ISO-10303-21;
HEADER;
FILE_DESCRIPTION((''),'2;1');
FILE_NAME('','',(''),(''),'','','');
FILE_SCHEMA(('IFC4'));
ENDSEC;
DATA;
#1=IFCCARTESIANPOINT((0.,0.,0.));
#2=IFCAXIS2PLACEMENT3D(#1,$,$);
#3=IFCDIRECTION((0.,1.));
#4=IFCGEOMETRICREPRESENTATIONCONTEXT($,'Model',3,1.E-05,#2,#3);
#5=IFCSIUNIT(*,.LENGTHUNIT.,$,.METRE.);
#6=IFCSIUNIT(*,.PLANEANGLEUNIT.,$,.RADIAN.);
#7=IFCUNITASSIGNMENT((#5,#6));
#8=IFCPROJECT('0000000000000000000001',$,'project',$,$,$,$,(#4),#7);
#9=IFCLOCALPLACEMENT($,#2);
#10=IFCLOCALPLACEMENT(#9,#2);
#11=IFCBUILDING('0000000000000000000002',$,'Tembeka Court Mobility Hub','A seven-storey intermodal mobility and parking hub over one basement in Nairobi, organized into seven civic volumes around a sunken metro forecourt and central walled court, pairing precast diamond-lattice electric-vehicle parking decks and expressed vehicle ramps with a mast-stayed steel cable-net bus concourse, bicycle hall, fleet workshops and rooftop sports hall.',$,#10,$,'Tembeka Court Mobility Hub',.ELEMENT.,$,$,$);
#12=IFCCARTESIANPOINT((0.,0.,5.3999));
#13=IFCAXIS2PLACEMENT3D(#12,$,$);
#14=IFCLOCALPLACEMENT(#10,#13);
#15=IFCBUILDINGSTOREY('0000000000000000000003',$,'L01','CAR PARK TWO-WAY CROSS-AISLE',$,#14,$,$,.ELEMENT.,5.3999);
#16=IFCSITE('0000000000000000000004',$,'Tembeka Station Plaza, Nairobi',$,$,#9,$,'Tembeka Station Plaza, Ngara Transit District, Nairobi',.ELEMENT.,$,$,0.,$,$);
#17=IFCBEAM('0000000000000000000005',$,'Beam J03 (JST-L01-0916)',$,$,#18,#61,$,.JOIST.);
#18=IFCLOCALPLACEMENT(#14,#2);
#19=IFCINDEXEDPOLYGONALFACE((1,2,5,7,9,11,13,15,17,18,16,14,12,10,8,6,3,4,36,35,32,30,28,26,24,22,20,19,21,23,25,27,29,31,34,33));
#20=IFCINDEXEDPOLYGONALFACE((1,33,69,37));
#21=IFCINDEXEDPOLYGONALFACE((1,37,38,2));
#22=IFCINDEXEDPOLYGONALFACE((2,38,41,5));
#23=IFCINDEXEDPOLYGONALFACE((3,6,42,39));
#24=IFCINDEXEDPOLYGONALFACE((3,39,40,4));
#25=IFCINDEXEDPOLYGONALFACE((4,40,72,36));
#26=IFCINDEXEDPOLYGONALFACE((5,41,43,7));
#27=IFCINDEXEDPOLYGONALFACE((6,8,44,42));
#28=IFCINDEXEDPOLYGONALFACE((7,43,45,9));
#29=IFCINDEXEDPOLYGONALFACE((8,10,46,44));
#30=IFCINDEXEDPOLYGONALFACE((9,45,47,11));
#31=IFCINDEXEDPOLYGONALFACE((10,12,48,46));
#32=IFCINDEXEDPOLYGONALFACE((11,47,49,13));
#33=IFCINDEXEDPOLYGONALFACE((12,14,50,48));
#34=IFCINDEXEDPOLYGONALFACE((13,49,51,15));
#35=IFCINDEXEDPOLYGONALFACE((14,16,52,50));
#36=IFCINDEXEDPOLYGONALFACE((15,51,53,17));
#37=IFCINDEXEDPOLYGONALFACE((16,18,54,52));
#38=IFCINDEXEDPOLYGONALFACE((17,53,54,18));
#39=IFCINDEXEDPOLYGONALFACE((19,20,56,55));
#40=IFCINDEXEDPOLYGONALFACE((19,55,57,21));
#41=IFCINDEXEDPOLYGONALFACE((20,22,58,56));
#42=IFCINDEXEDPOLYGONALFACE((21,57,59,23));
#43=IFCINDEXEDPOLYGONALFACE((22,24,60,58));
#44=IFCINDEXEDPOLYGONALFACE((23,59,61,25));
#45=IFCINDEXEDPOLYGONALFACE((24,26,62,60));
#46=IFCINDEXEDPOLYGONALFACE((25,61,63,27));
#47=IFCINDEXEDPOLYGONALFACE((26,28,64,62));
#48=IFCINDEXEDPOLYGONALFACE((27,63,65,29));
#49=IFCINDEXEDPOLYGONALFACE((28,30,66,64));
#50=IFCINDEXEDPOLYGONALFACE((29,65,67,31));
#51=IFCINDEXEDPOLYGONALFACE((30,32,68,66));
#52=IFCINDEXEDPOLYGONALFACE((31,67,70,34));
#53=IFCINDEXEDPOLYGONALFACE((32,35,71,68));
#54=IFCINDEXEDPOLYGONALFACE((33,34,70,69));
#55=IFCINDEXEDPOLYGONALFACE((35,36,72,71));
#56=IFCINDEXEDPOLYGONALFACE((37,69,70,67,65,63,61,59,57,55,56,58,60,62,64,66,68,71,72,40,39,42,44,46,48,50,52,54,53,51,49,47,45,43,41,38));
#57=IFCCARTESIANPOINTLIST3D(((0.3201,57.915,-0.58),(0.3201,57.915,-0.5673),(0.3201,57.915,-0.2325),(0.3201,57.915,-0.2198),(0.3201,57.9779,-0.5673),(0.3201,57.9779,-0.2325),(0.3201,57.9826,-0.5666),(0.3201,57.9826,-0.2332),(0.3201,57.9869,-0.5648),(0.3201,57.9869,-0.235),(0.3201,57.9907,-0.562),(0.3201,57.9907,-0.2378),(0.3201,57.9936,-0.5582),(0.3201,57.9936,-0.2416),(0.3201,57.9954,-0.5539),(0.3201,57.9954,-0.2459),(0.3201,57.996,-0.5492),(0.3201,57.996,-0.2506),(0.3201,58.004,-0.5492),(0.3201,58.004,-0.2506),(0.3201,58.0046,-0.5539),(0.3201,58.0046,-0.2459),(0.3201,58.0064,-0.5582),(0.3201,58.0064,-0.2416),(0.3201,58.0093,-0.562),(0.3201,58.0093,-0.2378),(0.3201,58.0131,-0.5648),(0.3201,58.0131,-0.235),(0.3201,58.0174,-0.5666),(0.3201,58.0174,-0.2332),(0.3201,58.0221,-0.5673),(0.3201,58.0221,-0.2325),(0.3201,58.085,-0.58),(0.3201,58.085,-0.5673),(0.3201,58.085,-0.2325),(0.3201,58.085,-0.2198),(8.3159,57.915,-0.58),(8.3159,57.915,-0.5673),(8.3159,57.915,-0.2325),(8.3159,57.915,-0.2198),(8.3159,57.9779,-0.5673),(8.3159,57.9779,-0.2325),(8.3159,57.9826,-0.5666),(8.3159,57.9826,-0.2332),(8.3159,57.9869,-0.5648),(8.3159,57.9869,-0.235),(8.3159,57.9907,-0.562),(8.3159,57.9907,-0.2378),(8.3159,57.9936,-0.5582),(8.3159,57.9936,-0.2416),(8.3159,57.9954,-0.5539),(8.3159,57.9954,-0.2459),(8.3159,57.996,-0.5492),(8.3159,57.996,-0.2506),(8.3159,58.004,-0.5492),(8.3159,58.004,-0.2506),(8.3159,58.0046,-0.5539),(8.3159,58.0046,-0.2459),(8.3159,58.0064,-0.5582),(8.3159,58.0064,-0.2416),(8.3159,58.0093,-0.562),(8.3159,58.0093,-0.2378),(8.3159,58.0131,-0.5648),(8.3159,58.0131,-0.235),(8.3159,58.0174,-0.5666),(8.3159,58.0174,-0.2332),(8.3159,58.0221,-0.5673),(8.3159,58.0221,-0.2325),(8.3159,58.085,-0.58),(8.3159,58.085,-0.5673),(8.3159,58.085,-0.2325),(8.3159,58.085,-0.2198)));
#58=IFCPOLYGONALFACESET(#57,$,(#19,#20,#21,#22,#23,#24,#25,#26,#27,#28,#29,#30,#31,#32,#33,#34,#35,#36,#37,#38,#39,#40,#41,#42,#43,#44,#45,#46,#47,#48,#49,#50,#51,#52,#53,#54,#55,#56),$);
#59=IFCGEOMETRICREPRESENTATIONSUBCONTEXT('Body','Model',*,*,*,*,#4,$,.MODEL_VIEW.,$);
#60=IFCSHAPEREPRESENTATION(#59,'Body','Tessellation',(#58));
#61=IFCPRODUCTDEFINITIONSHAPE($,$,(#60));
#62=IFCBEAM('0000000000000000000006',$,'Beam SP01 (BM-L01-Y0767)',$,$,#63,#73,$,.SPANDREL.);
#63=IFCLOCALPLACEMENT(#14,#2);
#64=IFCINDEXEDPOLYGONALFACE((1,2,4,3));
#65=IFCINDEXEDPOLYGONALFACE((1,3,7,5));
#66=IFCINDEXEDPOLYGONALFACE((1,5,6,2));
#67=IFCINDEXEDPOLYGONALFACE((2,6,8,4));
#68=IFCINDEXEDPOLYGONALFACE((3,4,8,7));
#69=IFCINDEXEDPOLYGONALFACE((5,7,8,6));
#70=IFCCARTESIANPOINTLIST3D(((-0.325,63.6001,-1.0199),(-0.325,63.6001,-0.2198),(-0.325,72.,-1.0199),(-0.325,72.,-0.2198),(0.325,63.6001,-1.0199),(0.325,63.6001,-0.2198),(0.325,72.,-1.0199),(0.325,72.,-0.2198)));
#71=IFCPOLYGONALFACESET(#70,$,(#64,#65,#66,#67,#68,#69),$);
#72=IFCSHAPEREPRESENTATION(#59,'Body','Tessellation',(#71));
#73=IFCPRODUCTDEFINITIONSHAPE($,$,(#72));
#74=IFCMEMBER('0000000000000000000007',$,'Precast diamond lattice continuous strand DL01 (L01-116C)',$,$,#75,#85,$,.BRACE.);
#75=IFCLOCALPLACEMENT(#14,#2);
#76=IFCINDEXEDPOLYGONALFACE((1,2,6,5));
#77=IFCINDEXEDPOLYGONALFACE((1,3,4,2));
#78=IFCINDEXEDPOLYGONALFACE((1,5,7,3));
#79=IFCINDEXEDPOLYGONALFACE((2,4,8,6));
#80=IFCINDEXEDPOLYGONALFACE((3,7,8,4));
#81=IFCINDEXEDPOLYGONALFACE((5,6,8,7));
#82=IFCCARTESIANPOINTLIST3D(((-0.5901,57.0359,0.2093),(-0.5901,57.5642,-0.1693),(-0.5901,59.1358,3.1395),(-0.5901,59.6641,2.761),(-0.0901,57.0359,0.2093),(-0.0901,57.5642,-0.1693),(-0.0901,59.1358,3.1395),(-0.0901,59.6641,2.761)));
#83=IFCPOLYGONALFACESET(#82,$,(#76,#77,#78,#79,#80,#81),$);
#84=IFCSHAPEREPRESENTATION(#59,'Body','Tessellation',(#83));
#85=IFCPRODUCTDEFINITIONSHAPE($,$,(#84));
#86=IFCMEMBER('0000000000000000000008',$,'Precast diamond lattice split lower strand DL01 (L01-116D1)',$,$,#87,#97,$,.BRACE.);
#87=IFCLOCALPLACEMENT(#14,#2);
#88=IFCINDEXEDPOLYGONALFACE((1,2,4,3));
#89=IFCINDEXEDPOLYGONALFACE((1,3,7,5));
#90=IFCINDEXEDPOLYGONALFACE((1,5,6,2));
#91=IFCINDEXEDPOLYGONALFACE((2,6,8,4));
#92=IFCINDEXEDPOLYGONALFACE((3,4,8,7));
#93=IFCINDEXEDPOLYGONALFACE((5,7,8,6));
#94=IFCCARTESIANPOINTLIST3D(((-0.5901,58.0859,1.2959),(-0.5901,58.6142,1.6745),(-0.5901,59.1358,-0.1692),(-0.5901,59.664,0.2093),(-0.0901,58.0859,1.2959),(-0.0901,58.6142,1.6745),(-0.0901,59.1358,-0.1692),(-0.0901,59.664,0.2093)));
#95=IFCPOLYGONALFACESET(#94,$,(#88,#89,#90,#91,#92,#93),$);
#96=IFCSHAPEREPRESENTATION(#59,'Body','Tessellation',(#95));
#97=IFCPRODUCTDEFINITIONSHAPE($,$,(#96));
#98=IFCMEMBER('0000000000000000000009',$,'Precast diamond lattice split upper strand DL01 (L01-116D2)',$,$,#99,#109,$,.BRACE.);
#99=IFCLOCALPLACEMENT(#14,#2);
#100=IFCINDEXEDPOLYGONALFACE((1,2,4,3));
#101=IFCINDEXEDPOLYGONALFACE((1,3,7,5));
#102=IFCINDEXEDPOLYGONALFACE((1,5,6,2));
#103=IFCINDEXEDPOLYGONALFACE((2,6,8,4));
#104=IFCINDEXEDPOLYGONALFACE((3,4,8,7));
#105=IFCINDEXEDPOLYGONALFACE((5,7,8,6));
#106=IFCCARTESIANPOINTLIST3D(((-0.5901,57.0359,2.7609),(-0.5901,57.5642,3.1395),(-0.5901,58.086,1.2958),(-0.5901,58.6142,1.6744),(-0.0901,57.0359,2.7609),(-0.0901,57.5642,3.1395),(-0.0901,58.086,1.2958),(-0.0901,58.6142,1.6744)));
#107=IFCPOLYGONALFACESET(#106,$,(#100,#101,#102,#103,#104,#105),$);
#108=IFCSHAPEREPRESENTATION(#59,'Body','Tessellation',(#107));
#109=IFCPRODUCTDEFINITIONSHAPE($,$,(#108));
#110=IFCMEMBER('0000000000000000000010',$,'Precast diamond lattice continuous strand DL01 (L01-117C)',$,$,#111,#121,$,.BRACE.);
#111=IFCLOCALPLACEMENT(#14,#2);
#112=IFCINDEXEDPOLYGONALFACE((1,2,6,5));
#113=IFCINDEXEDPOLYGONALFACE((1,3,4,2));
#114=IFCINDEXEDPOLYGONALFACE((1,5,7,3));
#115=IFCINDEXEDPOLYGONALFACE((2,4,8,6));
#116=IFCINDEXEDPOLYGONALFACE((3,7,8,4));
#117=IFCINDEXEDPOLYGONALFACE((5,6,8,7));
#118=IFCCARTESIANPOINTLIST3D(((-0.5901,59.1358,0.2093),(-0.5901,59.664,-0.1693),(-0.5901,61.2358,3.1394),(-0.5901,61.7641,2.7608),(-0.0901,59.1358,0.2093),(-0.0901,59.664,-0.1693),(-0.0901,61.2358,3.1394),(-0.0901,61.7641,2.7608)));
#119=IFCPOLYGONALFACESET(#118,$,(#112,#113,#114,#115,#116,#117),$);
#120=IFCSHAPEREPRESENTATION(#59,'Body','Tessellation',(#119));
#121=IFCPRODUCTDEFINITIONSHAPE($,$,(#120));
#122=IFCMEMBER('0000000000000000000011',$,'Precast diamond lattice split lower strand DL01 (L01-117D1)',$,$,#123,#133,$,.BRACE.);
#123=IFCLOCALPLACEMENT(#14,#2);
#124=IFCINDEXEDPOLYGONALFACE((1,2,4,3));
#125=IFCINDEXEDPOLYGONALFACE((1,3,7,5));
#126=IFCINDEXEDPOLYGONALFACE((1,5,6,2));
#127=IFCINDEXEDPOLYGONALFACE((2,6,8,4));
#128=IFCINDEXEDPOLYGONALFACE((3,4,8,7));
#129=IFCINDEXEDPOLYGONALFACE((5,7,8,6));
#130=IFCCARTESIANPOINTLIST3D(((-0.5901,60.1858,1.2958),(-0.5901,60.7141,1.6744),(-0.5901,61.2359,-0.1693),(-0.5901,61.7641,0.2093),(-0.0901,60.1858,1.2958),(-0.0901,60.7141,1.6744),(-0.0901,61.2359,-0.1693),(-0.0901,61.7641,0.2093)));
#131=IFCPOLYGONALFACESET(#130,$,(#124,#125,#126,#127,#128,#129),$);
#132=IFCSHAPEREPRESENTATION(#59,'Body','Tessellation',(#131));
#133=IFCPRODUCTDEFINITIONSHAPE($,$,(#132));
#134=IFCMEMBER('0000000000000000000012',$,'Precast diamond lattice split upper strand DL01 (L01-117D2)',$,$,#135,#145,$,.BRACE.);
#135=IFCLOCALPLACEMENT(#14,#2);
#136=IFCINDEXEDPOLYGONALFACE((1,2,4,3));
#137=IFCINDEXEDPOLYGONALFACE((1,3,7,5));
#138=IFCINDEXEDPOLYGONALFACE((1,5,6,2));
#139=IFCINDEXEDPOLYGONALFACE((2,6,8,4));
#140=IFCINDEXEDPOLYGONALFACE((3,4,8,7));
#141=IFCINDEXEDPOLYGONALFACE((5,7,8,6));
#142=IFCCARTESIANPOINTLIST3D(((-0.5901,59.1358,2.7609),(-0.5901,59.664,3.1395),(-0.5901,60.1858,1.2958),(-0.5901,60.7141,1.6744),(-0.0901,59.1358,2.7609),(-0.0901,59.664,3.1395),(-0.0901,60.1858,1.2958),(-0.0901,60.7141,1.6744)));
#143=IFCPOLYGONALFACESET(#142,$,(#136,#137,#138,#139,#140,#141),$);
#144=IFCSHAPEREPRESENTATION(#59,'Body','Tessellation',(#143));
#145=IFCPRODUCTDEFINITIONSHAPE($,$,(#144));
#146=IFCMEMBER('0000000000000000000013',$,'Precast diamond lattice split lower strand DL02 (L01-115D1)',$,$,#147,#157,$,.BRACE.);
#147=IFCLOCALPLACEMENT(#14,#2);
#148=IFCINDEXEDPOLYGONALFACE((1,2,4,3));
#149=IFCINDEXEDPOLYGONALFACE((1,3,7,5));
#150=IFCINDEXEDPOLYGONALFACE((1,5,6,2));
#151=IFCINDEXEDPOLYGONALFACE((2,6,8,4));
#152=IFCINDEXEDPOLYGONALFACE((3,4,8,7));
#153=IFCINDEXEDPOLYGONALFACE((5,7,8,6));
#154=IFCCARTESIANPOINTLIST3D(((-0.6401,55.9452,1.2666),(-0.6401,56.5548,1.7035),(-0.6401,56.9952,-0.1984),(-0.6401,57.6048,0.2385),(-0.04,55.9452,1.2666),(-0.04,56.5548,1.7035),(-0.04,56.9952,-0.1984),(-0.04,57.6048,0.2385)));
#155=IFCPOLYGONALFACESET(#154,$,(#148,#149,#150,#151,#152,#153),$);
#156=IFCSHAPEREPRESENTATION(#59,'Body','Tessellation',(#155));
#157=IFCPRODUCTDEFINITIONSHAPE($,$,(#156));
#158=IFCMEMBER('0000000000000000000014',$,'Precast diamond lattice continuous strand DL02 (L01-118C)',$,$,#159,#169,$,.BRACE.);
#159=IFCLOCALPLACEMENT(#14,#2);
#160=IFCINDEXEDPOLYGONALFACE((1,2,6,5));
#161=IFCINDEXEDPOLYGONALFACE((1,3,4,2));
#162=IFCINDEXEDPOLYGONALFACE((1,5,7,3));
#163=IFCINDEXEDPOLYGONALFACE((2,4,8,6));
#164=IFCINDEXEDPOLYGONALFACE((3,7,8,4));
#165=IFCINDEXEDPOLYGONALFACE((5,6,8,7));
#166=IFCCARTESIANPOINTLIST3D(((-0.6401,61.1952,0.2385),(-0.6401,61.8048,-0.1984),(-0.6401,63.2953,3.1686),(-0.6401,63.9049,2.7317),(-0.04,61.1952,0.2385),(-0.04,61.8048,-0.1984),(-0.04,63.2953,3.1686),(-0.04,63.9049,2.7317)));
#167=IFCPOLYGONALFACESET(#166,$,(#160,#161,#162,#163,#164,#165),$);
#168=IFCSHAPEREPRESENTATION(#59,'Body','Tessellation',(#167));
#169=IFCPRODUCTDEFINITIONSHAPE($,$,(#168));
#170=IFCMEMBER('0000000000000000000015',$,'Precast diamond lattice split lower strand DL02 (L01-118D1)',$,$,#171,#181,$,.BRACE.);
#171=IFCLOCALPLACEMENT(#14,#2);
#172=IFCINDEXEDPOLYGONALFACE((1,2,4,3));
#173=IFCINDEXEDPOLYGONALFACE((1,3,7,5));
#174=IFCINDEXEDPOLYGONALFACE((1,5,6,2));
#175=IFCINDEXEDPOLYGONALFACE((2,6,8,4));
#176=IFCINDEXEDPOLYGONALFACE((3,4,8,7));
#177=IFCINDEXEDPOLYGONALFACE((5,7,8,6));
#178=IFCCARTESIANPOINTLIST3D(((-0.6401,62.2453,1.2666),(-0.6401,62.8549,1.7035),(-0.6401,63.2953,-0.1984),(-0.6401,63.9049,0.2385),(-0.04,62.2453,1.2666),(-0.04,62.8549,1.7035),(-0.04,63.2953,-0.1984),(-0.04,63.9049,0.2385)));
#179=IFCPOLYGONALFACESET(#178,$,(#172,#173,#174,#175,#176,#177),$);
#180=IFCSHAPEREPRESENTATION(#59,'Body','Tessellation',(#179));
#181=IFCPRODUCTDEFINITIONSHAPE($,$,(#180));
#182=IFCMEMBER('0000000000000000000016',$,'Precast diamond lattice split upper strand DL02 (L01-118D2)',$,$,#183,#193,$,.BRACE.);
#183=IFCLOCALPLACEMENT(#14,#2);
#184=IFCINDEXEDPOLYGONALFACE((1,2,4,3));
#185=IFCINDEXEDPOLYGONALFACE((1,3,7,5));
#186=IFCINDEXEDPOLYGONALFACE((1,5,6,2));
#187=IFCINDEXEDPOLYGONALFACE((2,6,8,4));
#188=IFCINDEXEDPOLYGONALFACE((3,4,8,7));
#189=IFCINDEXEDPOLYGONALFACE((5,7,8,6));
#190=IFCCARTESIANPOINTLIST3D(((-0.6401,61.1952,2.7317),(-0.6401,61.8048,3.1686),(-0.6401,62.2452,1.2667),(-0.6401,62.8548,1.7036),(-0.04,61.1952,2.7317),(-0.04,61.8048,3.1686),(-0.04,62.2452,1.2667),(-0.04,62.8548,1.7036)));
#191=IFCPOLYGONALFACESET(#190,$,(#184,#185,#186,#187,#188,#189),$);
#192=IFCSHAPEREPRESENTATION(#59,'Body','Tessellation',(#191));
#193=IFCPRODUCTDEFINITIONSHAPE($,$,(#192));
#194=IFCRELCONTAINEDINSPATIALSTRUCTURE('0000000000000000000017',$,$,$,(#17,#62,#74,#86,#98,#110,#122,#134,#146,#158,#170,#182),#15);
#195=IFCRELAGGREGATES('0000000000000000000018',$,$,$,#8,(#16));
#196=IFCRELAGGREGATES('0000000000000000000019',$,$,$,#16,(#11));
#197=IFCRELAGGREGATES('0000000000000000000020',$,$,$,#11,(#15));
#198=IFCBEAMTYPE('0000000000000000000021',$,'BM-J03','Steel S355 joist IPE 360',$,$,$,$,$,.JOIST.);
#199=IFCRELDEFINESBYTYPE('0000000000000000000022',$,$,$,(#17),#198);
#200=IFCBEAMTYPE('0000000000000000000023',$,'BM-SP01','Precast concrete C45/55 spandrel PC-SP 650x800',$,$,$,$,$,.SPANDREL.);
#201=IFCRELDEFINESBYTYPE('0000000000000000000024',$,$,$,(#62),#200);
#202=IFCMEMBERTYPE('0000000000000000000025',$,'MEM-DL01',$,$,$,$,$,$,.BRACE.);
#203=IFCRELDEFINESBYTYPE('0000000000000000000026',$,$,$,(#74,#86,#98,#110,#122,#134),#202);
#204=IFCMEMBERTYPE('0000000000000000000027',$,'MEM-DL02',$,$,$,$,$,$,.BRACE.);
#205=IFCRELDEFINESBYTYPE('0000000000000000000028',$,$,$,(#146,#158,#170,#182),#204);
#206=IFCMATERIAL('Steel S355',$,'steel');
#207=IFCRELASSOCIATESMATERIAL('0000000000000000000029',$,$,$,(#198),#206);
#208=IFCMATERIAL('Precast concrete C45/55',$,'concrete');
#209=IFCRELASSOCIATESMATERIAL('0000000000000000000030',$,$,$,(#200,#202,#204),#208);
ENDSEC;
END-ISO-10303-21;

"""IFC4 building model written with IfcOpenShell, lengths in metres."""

from ifc_helpers import new_model, si_unit, direction, frame, origin, origin_2d, place, context, subcontext, project, spatial, rectangle, i_section, extrude, material, material_profile, profile_set, type_object, element, save


model = new_model("IFC4")

# Units and contexts
model_context = context("Model", 3, precision=1e-05, world=origin(), true_north=direction((0.0, 1.0)))
body_context = subcontext(model_context, "Body", "Model", "MODEL_VIEW")
ifc_project = project(units=[si_unit("LENGTHUNIT", "METRE"), si_unit("PLANEANGLEUNIT", "RADIAN")], contexts=[model_context])

# Site, building, storey
site_placement = place(None, origin())
site = spatial("IfcSite", under=ifc_project, at=site_placement, Name="Tembeka Station Plaza, Nairobi", LongName="Tembeka Station Plaza, Ngara Transit District, Nairobi", CompositionType="ELEMENT", RefElevation=0.0)
building_placement = place(site_placement, origin())
building = spatial("IfcBuilding", under=site, at=building_placement, Name="Tembeka Court Mobility Hub", Description="A seven-storey intermodal mobility and parking hub over one basement in Nairobi, organized into seven civic volumes around a sunken metro forecourt and central walled court, pairing precast diamond-lattice electric-vehicle parking decks and expressed vehicle ramps with a mast-stayed steel cable-net bus concourse, bicycle hall, fleet workshops and rooftop sports hall.", LongName="Tembeka Court Mobility Hub", CompositionType="ELEMENT")
storey_placement = place(building_placement, frame((0.0, 0.0, 5.3999)))
storey = spatial("IfcBuildingStorey", under=building, at=storey_placement, Name="L01", Description="CAR PARK TWO-WAY CROSS-AISLE", CompositionType="ELEMENT", Elevation=5.3999)

# Shared definitions
ifc_material_1 = material(Name="Steel S355", Category="steel")

# Beams
ifc_material_profile_1 = material_profile(ifc_material_1, i_section(OverallWidth=0.1699, OverallDepth=0.3601, WebThickness=0.0081, FlangeThickness=0.0127, FilletRadius=0.0181, at=origin_2d()), Name="IPE 360")
ifc_profile_set_1 = profile_set([ifc_material_profile_1], Name="Steel S355")
beam_type_1 = type_object("IfcBeamType", Name="BM-J03", Description="Steel S355 joist IPE 360", PredefinedType="JOIST", material=ifc_profile_set_1)
beam_1_placement = place(storey_placement, frame((0.3201, 58.0, -0.3999), z_axis=(1.0, 0.0, 0.0), x_axis=(0.0, 1.0, 0.0)))
element("IfcBeam", 1, at=beam_1_placement, inside=storey, type_object=beam_type_1, Name="Beam J03 (JST-L01-0916)", PredefinedType="JOIST", context=body_context, shape_type="SweptSolid", body=[
    extrude(i_section(OverallWidth=0.1699, OverallDepth=0.3601, WebThickness=0.0081, FlangeThickness=0.0127, FilletRadius=0.0181, at=origin_2d()), origin(), (0.0, 0.0, 1.0), 7.9958),
])
ifc_material_2 = material(Name="Precast concrete C45/55", Category="concrete")
ifc_material_profile_2 = material_profile(ifc_material_2, rectangle(XDim=0.6499, YDim=0.8, at=origin_2d()), Name="PC-SP 650x800")
ifc_profile_set_2 = profile_set([ifc_material_profile_2], Name="Precast concrete C45/55")
beam_type_2 = type_object("IfcBeamType", Name="BM-SP01", Description="Precast concrete C45/55 spandrel PC-SP 650x800", PredefinedType="SPANDREL", material=ifc_profile_set_2)
beam_2_placement = place(storey_placement, frame((0.0, 63.6001, -0.6199), z_axis=(0.0, 1.0, 0.0), x_axis=(-1.0, 0.0, 0.0)))
element("IfcBeam", 2, at=beam_2_placement, inside=storey, type_object=beam_type_2, Name="Beam SP01 (BM-L01-Y0767)", PredefinedType="SPANDREL", context=body_context, shape_type="SweptSolid", body=[
    extrude(rectangle(XDim=0.6499, YDim=0.8, at=origin_2d()), origin(), (0.0, 0.0, 1.0), 8.3999),
])

# Members
ifc_material_profile_3 = material_profile(ifc_material_2, rectangle(XDim=0.5, YDim=0.6499, at=origin_2d()), Name="PC-DIAG 500x650")
ifc_profile_set_3 = profile_set([ifc_material_profile_3], Name="Precast concrete C45/55")
member_type_1 = type_object("IfcMemberType", Name="MEM-DL01", PredefinedType="BRACE", material=ifc_profile_set_3)
member_1_placement = place(storey_placement, frame((-0.3401, 57.3, 0.02), z_axis=(0.0, 0.5825, 0.812831), x_axis=(-1.0, 0.0, 0.0)))
element("IfcMember", 3, at=member_1_placement, inside=storey, type_object=member_type_1, Name="Precast diamond lattice continuous strand DL01 (L01-116C)", PredefinedType="BRACE", context=body_context, shape_type="SweptSolid", body=[
    extrude(rectangle(XDim=0.5, YDim=0.6499, at=origin_2d()), origin(), (0.0, 0.0, 1.0), 3.605),
])
for number, where, z_axis, x_axis, name in (
    (4, (-0.3401, 59.3999, 0.02), (0.0, -0.582455, 0.812863), (1.0, 0.0, 0.0), "Precast diamond lattice split lower strand DL01 (L01-116D1)"),
    (5, (-0.3401, 58.3501, 1.4851), (0.0, -0.582544, 0.812799), (1.0, 0.0, 0.0), "Precast diamond lattice split upper strand DL01 (L01-116D2)"),
):
    element("IfcMember", number, at=place(storey_placement, frame(where, z_axis=z_axis, x_axis=x_axis)), inside=storey, type_object=member_type_1, Name=name, PredefinedType="BRACE", context=body_context, shape_type="SweptSolid", body=[
        extrude(rectangle(XDim=0.5, YDim=0.6499, at=origin_2d()), origin(), (0.0, 0.0, 1.0), 1.8025),
    ])
member_2_placement = place(storey_placement, frame((-0.3401, 59.3999, 0.02), z_axis=(0.0, 0.582544, 0.812799), x_axis=(-1.0, 0.0, 0.0)))
element("IfcMember", 6, at=member_2_placement, inside=storey, type_object=member_type_1, Name="Precast diamond lattice continuous strand DL01 (L01-117C)", PredefinedType="BRACE", context=body_context, shape_type="SweptSolid", body=[
    extrude(rectangle(XDim=0.5, YDim=0.6499, at=origin_2d()), origin(), (0.0, 0.0, 1.0), 3.605),
])
for number, where, z_axis, x_axis, name in (
    (7, (-0.3401, 61.5, 0.02), (0.0, -0.582544, 0.812799), (1.0, 0.0, 0.0), "Precast diamond lattice split lower strand DL01 (L01-117D1)"),
    (8, (-0.3401, 60.45, 1.4851), (0.0, -0.582544, 0.812799), (1.0, 0.0, 0.0), "Precast diamond lattice split upper strand DL01 (L01-117D2)"),
):
    element("IfcMember", number, at=place(storey_placement, frame(where, z_axis=z_axis, x_axis=x_axis)), inside=storey, type_object=member_type_1, Name=name, PredefinedType="BRACE", context=body_context, shape_type="SweptSolid", body=[
        extrude(rectangle(XDim=0.5, YDim=0.6499, at=origin_2d()), origin(), (0.0, 0.0, 1.0), 1.8025),
    ])
ifc_material_profile_4 = material_profile(ifc_material_2, rectangle(XDim=0.6001, YDim=0.75, at=origin_2d()), Name="PC-DIAG 600x750")
ifc_profile_set_4 = profile_set([ifc_material_profile_4], Name="Precast concrete C45/55")
member_type_2 = type_object("IfcMemberType", Name="MEM-DL02", PredefinedType="BRACE", material=ifc_profile_set_4)
member_3_placement = place(storey_placement, frame((-0.3401, 57.3, 0.02), z_axis=(0.0, -0.582544, 0.812799), x_axis=(1.0, 0.0, 0.0)))
element("IfcMember", 9, at=member_3_placement, inside=storey, type_object=member_type_2, Name="Precast diamond lattice split lower strand DL02 (L01-115D1)", PredefinedType="BRACE", context=body_context, shape_type="SweptSolid", body=[
    extrude(rectangle(XDim=0.6001, YDim=0.75, at=origin_2d()), origin(), (0.0, 0.0, 1.0), 1.8025),
])
member_4_placement = place(storey_placement, frame((-0.3401, 61.5, 0.02), z_axis=(0.0, 0.582544, 0.812799), x_axis=(-1.0, 0.0, 0.0)))
element("IfcMember", 10, at=member_4_placement, inside=storey, type_object=member_type_2, Name="Precast diamond lattice continuous strand DL02 (L01-118C)", PredefinedType="BRACE", context=body_context, shape_type="SweptSolid", body=[
    extrude(rectangle(XDim=0.6001, YDim=0.75, at=origin_2d()), origin(), (0.0, 0.0, 1.0), 3.605),
])
for number, where, z_axis, x_axis, name in (
    (11, (-0.3401, 63.6001, 0.02), (0.0, -0.582544, 0.812799), (1.0, 0.0, 0.0), "Precast diamond lattice split lower strand DL02 (L01-118D1)"),
    (12, (-0.3401, 62.55, 1.4851), (0.0, -0.582544, 0.812799), (1.0, 0.0, 0.0), "Precast diamond lattice split upper strand DL02 (L01-118D2)"),
):
    element("IfcMember", number, at=place(storey_placement, frame(where, z_axis=z_axis, x_axis=x_axis)), inside=storey, type_object=member_type_2, Name=name, PredefinedType="BRACE", context=body_context, shape_type="SweptSolid", body=[
        extrude(rectangle(XDim=0.6001, YDim=0.75, at=origin_2d()), origin(), (0.0, 0.0, 1.0), 1.8025),
    ])

save(model, "model.ifc")
